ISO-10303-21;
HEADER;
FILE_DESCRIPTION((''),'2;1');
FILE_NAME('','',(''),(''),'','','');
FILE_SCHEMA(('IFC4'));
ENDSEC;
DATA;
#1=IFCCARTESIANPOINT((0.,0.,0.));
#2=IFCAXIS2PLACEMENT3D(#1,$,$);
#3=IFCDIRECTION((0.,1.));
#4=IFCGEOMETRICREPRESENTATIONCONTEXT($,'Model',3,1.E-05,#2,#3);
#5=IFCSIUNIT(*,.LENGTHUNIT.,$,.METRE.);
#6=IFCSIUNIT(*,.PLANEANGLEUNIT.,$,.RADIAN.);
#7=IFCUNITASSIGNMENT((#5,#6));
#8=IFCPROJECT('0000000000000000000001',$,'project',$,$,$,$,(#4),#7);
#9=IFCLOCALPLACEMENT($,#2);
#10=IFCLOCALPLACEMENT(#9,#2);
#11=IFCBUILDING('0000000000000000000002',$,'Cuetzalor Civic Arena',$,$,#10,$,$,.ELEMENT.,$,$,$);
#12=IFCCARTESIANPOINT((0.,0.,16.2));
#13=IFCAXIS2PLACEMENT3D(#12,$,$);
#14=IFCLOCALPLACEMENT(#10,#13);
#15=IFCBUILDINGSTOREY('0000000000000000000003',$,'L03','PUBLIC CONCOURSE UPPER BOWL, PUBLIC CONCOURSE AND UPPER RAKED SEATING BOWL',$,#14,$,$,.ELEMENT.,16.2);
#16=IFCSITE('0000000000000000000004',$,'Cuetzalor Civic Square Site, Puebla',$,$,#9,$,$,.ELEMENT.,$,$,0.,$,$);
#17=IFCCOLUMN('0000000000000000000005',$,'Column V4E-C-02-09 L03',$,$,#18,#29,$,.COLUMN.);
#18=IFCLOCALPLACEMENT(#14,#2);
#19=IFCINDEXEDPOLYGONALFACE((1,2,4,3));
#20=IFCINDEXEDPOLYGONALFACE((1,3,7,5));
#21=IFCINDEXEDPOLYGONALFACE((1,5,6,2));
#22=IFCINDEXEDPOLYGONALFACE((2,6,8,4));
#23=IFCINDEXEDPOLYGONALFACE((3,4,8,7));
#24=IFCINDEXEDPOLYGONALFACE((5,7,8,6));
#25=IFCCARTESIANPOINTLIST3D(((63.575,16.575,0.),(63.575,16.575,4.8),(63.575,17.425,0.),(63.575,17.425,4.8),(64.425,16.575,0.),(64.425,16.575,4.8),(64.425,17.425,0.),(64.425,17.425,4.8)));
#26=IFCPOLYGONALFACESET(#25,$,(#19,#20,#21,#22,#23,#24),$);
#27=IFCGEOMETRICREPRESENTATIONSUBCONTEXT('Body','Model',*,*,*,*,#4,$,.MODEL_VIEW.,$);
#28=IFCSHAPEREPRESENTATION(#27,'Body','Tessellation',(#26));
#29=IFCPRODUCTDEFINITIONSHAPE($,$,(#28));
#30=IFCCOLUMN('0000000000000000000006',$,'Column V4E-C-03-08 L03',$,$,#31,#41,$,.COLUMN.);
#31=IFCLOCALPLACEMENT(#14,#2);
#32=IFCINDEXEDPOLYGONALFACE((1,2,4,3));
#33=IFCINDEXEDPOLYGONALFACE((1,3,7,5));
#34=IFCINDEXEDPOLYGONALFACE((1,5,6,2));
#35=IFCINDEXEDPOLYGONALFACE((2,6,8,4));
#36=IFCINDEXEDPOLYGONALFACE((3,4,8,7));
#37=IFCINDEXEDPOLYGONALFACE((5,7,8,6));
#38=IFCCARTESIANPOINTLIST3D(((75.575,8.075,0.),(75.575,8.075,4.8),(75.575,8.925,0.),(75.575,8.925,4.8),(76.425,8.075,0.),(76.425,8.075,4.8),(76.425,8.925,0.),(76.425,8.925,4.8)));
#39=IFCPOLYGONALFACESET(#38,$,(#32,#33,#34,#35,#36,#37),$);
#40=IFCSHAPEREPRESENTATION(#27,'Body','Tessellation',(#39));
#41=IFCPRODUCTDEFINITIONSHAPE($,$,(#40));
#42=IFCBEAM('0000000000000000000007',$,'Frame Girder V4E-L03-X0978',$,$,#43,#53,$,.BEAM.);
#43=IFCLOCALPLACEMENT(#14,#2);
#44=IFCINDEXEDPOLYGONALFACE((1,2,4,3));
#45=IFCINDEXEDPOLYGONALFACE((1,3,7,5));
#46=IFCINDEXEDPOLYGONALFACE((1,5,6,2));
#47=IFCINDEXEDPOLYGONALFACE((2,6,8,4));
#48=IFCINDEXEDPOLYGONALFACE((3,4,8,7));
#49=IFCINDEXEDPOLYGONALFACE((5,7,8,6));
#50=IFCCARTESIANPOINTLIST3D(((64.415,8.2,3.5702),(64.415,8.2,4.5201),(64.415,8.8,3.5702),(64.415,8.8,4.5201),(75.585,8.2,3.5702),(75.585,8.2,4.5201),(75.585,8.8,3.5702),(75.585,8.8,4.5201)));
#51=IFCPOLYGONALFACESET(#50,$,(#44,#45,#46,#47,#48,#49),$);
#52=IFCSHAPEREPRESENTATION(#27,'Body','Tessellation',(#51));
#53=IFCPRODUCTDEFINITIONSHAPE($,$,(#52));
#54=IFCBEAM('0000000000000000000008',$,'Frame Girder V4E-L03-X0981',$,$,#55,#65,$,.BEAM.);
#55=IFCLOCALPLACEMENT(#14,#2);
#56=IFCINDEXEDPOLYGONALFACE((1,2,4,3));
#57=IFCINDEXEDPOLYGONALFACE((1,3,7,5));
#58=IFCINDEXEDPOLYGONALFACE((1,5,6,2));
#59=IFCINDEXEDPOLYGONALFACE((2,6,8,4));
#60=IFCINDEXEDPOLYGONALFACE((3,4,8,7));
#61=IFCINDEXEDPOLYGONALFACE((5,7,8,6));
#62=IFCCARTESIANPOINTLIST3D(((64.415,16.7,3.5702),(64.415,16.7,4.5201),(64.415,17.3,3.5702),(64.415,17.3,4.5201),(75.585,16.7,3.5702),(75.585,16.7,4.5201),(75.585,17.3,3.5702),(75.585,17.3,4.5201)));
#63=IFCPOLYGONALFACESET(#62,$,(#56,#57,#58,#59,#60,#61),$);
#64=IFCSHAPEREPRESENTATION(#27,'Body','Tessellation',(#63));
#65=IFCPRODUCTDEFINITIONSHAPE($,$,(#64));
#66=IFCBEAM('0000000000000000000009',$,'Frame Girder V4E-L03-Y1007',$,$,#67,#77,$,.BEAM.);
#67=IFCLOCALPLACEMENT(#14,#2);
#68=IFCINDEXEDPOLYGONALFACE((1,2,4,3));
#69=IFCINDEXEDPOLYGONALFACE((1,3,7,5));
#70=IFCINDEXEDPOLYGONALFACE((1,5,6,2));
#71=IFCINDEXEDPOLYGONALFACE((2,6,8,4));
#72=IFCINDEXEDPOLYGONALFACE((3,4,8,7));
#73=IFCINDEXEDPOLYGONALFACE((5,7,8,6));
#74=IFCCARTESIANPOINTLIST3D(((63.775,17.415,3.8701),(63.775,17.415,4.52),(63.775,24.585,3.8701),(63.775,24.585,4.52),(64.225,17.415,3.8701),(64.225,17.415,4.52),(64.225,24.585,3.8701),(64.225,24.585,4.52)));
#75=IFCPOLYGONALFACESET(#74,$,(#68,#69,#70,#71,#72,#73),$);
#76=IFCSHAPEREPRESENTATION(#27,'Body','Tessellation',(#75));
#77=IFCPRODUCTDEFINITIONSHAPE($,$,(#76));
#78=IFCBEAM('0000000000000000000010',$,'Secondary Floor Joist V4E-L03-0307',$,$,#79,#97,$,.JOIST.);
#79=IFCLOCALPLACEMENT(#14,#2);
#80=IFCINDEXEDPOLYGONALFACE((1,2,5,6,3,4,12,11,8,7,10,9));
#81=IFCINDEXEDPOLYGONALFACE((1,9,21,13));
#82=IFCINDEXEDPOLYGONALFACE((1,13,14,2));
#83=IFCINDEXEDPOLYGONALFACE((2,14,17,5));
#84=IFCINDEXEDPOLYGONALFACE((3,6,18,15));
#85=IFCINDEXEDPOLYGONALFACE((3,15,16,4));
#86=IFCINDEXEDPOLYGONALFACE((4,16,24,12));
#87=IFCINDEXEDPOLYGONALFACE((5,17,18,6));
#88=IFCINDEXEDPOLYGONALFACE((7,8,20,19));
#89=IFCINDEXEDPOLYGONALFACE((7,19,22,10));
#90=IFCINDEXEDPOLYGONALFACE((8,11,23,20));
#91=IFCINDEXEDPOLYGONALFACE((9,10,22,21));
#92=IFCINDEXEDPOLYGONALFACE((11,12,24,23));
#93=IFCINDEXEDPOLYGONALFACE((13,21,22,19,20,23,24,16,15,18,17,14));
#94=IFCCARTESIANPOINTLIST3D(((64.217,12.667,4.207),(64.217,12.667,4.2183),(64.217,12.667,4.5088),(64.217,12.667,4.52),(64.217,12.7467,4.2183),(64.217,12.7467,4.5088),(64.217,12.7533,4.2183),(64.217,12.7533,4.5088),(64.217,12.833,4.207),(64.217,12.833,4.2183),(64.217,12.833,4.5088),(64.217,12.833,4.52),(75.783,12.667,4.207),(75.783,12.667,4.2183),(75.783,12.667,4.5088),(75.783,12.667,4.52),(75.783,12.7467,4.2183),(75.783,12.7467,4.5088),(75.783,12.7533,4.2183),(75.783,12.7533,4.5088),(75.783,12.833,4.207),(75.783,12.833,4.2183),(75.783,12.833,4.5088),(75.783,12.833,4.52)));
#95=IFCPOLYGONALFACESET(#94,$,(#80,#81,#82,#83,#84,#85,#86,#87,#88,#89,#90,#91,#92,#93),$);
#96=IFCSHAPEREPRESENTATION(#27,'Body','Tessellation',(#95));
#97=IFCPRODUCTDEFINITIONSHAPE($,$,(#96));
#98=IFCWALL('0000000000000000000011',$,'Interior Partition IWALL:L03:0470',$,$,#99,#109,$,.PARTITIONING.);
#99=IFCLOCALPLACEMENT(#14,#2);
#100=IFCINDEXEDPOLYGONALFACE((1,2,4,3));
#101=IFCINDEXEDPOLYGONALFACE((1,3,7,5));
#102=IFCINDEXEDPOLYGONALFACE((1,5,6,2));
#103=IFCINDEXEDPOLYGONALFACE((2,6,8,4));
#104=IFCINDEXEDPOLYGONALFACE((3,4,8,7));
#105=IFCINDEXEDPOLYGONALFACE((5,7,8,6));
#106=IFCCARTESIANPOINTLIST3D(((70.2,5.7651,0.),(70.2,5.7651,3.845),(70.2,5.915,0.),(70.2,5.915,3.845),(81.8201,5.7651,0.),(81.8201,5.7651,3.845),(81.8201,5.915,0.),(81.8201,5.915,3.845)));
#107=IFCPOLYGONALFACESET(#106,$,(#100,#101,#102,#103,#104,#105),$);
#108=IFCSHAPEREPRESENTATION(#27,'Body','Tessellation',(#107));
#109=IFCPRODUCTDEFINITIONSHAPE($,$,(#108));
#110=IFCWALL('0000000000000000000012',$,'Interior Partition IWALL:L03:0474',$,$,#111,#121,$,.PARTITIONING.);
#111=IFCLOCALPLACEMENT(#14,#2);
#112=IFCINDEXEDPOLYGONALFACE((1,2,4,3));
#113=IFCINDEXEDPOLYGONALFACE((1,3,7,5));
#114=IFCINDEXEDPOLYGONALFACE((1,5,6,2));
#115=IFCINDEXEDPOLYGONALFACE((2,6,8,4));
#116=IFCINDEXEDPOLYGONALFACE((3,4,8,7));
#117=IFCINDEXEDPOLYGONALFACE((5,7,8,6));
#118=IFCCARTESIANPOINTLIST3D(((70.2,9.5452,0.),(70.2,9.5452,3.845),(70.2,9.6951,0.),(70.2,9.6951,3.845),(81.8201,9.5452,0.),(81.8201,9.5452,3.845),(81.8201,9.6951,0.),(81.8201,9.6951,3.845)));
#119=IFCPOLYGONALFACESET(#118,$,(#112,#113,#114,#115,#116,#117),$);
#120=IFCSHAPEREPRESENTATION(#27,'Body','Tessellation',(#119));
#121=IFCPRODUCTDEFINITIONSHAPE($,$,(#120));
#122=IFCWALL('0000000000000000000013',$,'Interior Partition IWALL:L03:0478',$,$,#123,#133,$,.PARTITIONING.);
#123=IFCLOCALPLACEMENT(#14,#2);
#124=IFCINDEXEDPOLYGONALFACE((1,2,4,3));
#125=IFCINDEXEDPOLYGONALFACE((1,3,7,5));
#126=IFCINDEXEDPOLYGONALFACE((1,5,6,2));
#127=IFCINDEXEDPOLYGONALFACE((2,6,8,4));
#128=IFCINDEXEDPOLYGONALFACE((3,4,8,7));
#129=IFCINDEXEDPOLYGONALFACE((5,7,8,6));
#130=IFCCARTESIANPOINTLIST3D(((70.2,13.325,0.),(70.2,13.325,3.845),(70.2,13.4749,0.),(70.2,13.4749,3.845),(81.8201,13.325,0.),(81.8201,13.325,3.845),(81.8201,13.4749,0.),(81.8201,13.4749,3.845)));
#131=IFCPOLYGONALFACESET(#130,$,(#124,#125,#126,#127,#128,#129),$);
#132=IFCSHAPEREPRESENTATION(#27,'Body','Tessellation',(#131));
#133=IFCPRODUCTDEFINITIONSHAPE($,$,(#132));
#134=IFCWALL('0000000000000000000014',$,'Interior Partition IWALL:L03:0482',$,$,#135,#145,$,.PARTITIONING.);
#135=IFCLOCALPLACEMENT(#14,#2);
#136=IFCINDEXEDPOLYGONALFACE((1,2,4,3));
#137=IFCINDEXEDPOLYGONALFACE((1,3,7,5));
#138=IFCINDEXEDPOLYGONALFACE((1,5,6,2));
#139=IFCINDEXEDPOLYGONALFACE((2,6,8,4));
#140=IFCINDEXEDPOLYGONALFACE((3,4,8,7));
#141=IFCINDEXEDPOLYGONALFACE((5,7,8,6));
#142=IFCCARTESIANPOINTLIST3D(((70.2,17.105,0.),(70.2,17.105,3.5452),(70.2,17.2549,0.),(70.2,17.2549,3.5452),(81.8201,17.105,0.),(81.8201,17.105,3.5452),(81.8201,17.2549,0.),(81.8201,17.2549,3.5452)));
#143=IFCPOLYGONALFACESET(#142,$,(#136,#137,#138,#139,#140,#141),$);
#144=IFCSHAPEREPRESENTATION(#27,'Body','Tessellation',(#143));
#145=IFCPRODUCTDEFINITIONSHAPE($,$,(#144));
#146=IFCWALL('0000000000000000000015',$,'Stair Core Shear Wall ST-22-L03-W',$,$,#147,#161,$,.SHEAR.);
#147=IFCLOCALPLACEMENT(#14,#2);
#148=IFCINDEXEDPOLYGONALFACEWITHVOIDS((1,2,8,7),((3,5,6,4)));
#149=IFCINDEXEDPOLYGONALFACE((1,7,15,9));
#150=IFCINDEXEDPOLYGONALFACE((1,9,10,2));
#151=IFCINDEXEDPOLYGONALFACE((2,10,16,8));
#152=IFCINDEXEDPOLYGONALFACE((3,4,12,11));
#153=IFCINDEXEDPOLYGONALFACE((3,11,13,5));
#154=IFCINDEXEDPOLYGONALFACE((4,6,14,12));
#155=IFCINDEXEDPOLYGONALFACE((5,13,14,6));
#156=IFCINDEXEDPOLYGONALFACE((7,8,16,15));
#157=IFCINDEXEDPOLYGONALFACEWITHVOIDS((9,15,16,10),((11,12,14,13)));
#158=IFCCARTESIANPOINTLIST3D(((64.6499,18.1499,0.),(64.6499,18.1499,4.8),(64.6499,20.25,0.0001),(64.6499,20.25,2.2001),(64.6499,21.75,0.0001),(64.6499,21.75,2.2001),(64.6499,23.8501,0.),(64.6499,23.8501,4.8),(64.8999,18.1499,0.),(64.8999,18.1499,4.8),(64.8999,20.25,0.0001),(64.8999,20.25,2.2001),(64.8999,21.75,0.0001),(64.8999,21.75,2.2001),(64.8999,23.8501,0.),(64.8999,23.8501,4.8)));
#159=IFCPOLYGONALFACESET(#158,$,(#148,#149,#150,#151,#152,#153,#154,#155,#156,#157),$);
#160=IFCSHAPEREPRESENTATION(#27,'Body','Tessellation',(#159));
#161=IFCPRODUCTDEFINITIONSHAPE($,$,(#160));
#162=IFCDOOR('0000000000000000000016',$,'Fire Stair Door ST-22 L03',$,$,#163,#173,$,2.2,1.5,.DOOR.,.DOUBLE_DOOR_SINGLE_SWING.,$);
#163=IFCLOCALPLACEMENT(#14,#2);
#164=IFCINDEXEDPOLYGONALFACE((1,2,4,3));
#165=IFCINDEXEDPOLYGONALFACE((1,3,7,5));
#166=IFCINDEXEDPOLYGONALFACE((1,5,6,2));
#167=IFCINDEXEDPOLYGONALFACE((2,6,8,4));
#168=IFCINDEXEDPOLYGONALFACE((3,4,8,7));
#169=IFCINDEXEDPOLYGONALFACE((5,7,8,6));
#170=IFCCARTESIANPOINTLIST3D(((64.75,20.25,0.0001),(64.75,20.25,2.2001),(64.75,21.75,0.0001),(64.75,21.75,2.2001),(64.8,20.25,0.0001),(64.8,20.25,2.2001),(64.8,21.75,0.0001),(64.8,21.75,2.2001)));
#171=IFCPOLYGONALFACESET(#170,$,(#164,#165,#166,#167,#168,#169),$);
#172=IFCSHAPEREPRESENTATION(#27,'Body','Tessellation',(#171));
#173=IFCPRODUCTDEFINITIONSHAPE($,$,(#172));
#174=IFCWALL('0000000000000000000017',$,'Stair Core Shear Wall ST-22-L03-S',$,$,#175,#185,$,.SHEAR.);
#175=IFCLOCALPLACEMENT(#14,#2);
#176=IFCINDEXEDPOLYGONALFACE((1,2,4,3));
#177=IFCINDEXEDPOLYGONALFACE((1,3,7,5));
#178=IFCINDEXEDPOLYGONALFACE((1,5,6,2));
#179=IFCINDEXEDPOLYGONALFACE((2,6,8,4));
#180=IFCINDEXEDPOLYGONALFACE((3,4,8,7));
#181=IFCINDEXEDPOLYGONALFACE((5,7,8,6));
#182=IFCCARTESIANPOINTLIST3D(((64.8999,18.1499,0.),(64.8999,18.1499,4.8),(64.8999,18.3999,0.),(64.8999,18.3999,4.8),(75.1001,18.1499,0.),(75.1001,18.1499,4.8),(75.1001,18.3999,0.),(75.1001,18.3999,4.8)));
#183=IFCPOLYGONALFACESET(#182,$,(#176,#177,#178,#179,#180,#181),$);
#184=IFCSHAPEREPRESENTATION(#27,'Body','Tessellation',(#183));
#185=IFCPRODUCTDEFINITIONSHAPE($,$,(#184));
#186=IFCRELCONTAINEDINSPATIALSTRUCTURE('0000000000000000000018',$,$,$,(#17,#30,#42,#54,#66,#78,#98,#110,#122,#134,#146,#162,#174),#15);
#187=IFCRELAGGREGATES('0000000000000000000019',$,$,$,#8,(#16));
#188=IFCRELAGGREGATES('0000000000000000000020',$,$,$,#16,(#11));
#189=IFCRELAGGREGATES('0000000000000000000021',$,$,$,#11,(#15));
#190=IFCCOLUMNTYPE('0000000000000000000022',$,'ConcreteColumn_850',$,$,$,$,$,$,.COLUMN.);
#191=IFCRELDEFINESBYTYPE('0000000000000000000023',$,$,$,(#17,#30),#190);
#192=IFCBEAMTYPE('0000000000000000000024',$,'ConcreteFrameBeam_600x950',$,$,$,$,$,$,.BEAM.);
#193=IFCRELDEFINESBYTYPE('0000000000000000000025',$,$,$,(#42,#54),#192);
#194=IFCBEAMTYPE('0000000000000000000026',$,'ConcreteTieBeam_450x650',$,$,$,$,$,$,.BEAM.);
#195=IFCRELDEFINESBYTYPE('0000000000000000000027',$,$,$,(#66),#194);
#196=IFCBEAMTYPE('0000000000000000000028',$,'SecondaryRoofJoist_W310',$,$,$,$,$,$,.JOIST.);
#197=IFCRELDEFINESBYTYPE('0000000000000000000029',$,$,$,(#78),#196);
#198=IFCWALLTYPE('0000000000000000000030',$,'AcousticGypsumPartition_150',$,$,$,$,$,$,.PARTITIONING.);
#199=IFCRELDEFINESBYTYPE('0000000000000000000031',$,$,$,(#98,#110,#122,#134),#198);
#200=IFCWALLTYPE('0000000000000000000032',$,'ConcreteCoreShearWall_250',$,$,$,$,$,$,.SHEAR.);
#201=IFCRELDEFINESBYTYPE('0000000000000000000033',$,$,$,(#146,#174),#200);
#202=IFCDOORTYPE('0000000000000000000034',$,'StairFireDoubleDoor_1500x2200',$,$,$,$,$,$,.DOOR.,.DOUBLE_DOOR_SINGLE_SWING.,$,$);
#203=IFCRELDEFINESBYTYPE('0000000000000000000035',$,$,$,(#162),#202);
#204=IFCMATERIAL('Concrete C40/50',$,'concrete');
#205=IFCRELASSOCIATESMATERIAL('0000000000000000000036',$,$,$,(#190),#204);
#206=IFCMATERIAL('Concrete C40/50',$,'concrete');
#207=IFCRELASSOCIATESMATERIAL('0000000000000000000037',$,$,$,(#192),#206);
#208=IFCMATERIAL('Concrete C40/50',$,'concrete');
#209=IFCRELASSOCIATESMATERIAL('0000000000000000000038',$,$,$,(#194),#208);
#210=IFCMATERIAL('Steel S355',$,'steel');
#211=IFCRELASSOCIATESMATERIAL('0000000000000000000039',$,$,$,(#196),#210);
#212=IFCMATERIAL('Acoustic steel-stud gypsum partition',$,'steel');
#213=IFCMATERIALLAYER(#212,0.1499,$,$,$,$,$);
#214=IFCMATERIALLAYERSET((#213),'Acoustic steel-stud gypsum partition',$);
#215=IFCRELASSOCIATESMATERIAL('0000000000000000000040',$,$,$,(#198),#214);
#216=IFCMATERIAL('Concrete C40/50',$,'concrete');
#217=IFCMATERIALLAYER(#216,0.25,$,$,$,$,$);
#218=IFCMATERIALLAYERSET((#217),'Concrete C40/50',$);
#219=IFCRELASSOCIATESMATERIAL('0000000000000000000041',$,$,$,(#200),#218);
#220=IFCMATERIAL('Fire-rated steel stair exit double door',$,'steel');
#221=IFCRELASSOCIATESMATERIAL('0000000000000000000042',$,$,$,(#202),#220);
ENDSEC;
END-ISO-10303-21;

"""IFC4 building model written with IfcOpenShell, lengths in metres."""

from ifc_helpers import new_model, si_unit, direction, frame, frame_2d, origin, origin_2d, place, context, subcontext, project, spatial, rectangle, i_section, extrude, material, layer, layer_set, material_profile, profile_set, type_object, element, fill, save


model = new_model("IFC4")

# Units and contexts
model_context = context("Model", 3, precision=1e-05, world=origin(), true_north=direction((0.0, 1.0)))
body_context = subcontext(model_context, "Body", "Model", "MODEL_VIEW")
ifc_project = project(units=[si_unit("LENGTHUNIT", "METRE"), si_unit("PLANEANGLEUNIT", "RADIAN")], contexts=[model_context])

# Site, building, storey
site_placement = place(None, origin())
site = spatial("IfcSite", under=ifc_project, at=site_placement, Name="Cuetzalor Civic Square Site, Puebla", CompositionType="ELEMENT", RefElevation=0.0)
building_placement = place(site_placement, origin())
building = spatial("IfcBuilding", under=site, at=building_placement, Name="Cuetzalor Civic Arena", CompositionType="ELEMENT")
storey_placement = place(building_placement, frame((0.0, 0.0, 16.2)))
storey = spatial("IfcBuildingStorey", under=building, at=storey_placement, Name="L03", Description="PUBLIC CONCOURSE UPPER BOWL, PUBLIC CONCOURSE AND UPPER RAKED SEATING BOWL", CompositionType="ELEMENT", Elevation=16.2)

# Columns
ifc_material_1 = material(Name="Concrete C40/50", Category="concrete")
ifc_material_profile_1 = material_profile(ifc_material_1, rectangle(XDim=0.8501, YDim=0.8501, at=origin_2d()), Name="RC 850x850")
ifc_profile_set_1 = profile_set([ifc_material_profile_1], Name="Concrete C40/50")
column_type = type_object("IfcColumnType", Name="ConcreteColumn_850", PredefinedType="COLUMN", material=ifc_profile_set_1)
for number, where, z_axis, x_axis, name in (
    (1, (64.0, 17.0, 0.0), (0.0, 0.0, 1.0), (1.0, 0.0, 0.0), "Column V4E-C-02-09 L03"),
    (2, (76.0, 8.5, 0.0), (0.0, 0.0, 1.0), (1.0, 0.0, 0.0), "Column V4E-C-03-08 L03"),
):
    element("IfcColumn", number, at=place(storey_placement, frame(where, z_axis=z_axis, x_axis=x_axis)), inside=storey, type_object=column_type, Name=name, PredefinedType="COLUMN", context=body_context, shape_type="SweptSolid", body=[
        extrude(rectangle(XDim=0.8501, YDim=0.8501, at=origin_2d()), origin(), (0.0, 0.0, 1.0), 4.8),
    ])

# Beams
ifc_material_2 = material(Name="Concrete C40/50", Category="concrete")
ifc_material_profile_2 = material_profile(ifc_material_2, rectangle(XDim=0.6001, YDim=0.95, at=origin_2d()), Name="RC 600x950")
ifc_profile_set_2 = profile_set([ifc_material_profile_2], Name="Concrete C40/50")
beam_type_1 = type_object("IfcBeamType", Name="ConcreteFrameBeam_600x950", PredefinedType="BEAM", material=ifc_profile_set_2)
for number, where, z_axis, x_axis, name in (
    (3, (64.415, 8.5, 4.0452), (1.0, 0.0, 0.0), (0.0, 1.0, 0.0), "Frame Girder V4E-L03-X0978"),
    (4, (64.415, 17.0, 4.0452), (1.0, 0.0, 0.0), (0.0, 1.0, 0.0), "Frame Girder V4E-L03-X0981"),
):
    element("IfcBeam", number, at=place(storey_placement, frame(where, z_axis=z_axis, x_axis=x_axis)), inside=storey, type_object=beam_type_1, Name=name, PredefinedType="BEAM", context=body_context, shape_type="SweptSolid", body=[
        extrude(rectangle(XDim=0.6001, YDim=0.95, at=origin_2d()), origin(), (0.0, 0.0, 1.0), 11.1699),
    ])
ifc_material_3 = material(Name="Concrete C40/50", Category="concrete")
ifc_material_profile_3 = material_profile(ifc_material_3, rectangle(XDim=0.45, YDim=0.6499, at=origin_2d()), Name="RC 450x650")
ifc_profile_set_3 = profile_set([ifc_material_profile_3], Name="Concrete C40/50")
beam_type_2 = type_object("IfcBeamType", Name="ConcreteTieBeam_450x650", PredefinedType="BEAM", material=ifc_profile_set_3)
beam_1_placement = place(storey_placement, frame((64.0, 17.415, 4.1951), z_axis=(0.0, 1.0, 0.0), x_axis=(-1.0, 0.0, 0.0)))
element("IfcBeam", 5, at=beam_1_placement, inside=storey, type_object=beam_type_2, Name="Frame Girder V4E-L03-Y1007", PredefinedType="BEAM", context=body_context, shape_type="SweptSolid", body=[
    extrude(rectangle(XDim=0.45, YDim=0.6499, at=origin_2d()), origin(), (0.0, 0.0, 1.0), 7.1699),
])
ifc_material_4 = material(Name="Steel S355", Category="steel")
ifc_material_profile_4 = material_profile(ifc_material_4, i_section(OverallWidth=0.166, OverallDepth=0.313, WebThickness=0.0066, FlangeThickness=0.0112, at=origin_2d()), Name="W310x45")
ifc_profile_set_4 = profile_set([ifc_material_profile_4], Name="Steel S355")
beam_type_3 = type_object("IfcBeamType", Name="SecondaryRoofJoist_W310", PredefinedType="JOIST", material=ifc_profile_set_4)
beam_2_placement = place(storey_placement, frame((64.217, 12.75, 4.3635), z_axis=(1.0, 0.0, 0.0), x_axis=(0.0, 1.0, 0.0)))
element("IfcBeam", 6, at=beam_2_placement, inside=storey, type_object=beam_type_3, Name="Secondary Floor Joist V4E-L03-0307", PredefinedType="JOIST", context=body_context, shape_type="SweptSolid", body=[
    extrude(i_section(OverallWidth=0.166, OverallDepth=0.313, WebThickness=0.0066, FlangeThickness=0.0112, at=origin_2d()), origin(), (0.0, 0.0, 1.0), 11.5659),
])

# Walls
ifc_material_5 = material(Name="Acoustic steel-stud gypsum partition", Category="steel")
ifc_layer_1 = layer(ifc_material_5, 0.1499)
ifc_layer_set_1 = layer_set([ifc_layer_1], Name="Acoustic steel-stud gypsum partition")
wall_type_1 = type_object("IfcWallType", Name="AcousticGypsumPartition_150", PredefinedType="PARTITIONING", material=ifc_layer_set_1)
for number, where, z_axis, x_axis, name in (
    (7, (70.2, 5.8401, 0.0), (0.0, 0.0, 1.0), (1.0, 0.0, 0.0), "Interior Partition IWALL:L03:0470"),
    (8, (70.2, 9.6201, 0.0), (0.0, 0.0, 1.0), (1.0, 0.0, 0.0), "Interior Partition IWALL:L03:0474"),
    (9, (70.2, 13.3999, 0.0), (0.0, 0.0, 1.0), (1.0, 0.0, 0.0), "Interior Partition IWALL:L03:0478"),
):
    element("IfcWall", number, at=place(storey_placement, frame(where, z_axis=z_axis, x_axis=x_axis)), inside=storey, type_object=wall_type_1, Name=name, PredefinedType="PARTITIONING", context=body_context, shape_type="SweptSolid", body=[
        extrude(rectangle(XDim=11.6201, YDim=0.1499, at=frame_2d((5.8101, 0.0))), origin(), (0.0, 0.0, 1.0), 3.845),
    ])
wall_1_placement = place(storey_placement, frame((70.2, 17.1799, 0.0), z_axis=(0.0, 0.0, 1.0), x_axis=(1.0, 0.0, 0.0)))
element("IfcWall", 10, at=wall_1_placement, inside=storey, type_object=wall_type_1, Name="Interior Partition IWALL:L03:0482", PredefinedType="PARTITIONING", context=body_context, shape_type="SweptSolid", body=[
    extrude(rectangle(XDim=11.6201, YDim=0.1499, at=frame_2d((5.8101, 0.0))), origin(), (0.0, 0.0, 1.0), 3.5452),
])

# Wall, opening, door
ifc_material_6 = material(Name="Concrete C40/50", Category="concrete")
ifc_layer_2 = layer(ifc_material_6, 0.25)
ifc_layer_set_2 = layer_set([ifc_layer_2], Name="Concrete C40/50")
wall_type_2 = type_object("IfcWallType", Name="ConcreteCoreShearWall_250", PredefinedType="SHEAR", material=ifc_layer_set_2)
wall_2_placement = place(storey_placement, frame((64.7749, 18.1499, 0.0), z_axis=(0.0, 0.0, 1.0), x_axis=(0.0, 1.0, 0.0)))
wall_2 = element("IfcWall", 11, at=wall_2_placement, inside=storey, type_object=wall_type_2, Name="Stair Core Shear Wall ST-22-L03-W", PredefinedType="SHEAR", context=body_context, shape_type="SweptSolid", body=[
    extrude(rectangle(XDim=5.7002, YDim=0.25, at=frame_2d((2.8501, 0.0))), origin(), (0.0, 0.0, 1.0), 4.8),
])
opening_1_placement = place(wall_2_placement, frame((2.1001, 0.0, 0.0)))
opening_1 = element("IfcOpeningElement", 12, at=opening_1_placement, cuts=wall_2, PredefinedType="OPENING", context=body_context, shape_type="SweptSolid", body=[
    extrude(rectangle(XDim=1.5, YDim=2.2, at=frame_2d((0.75, 1.1001))), frame((0.0, 0.135, 0.0), z_axis=(0.0, -1.0, 0.0), x_axis=(1.0, 0.0, 0.0)), (0.0, 0.0, 1.0), 0.27),
])
ifc_material_7 = material(Name="Fire-rated steel stair exit double door", Category="steel")
door_type_1 = type_object("IfcDoorType", Name="StairFireDoubleDoor_1500x2200", OperationType="DOUBLE_DOOR_SINGLE_SWING", PredefinedType="DOOR", material=ifc_material_7)
door_1_placement = place(opening_1_placement, origin())
door_1 = element("IfcDoor", 13, at=door_1_placement, inside=storey, type_object=door_type_1, Name="Fire Stair Door ST-22 L03", OperationType="DOUBLE_DOOR_SINGLE_SWING", OverallHeight=2.2, OverallWidth=1.5, PredefinedType="DOOR", context=body_context, shape_type="SweptSolid", body=[
    extrude(rectangle(XDim=1.5, YDim=2.2, at=frame_2d((0.75, 1.1001))), frame((0.0, 0.0249, 0.0), z_axis=(0.0, -1.0, 0.0), x_axis=(1.0, 0.0, 0.0)), (0.0, 0.0, 1.0), 0.05),
])
fill(opening_1, door_1)

# Wall
wall_3_placement = place(storey_placement, frame((75.1001, 18.2749, 0.0), z_axis=(0.0, 0.0, 1.0), x_axis=(-1.0, 0.0, 0.0)))
element("IfcWall", 14, at=wall_3_placement, inside=storey, type_object=wall_type_2, Name="Stair Core Shear Wall ST-22-L03-S", PredefinedType="SHEAR", context=body_context, shape_type="SweptSolid", body=[
    extrude(rectangle(XDim=10.2002, YDim=0.25, at=frame_2d((5.1001, 0.0))), origin(), (0.0, 0.0, 1.0), 4.8),
])

save(model, "model.ifc")
